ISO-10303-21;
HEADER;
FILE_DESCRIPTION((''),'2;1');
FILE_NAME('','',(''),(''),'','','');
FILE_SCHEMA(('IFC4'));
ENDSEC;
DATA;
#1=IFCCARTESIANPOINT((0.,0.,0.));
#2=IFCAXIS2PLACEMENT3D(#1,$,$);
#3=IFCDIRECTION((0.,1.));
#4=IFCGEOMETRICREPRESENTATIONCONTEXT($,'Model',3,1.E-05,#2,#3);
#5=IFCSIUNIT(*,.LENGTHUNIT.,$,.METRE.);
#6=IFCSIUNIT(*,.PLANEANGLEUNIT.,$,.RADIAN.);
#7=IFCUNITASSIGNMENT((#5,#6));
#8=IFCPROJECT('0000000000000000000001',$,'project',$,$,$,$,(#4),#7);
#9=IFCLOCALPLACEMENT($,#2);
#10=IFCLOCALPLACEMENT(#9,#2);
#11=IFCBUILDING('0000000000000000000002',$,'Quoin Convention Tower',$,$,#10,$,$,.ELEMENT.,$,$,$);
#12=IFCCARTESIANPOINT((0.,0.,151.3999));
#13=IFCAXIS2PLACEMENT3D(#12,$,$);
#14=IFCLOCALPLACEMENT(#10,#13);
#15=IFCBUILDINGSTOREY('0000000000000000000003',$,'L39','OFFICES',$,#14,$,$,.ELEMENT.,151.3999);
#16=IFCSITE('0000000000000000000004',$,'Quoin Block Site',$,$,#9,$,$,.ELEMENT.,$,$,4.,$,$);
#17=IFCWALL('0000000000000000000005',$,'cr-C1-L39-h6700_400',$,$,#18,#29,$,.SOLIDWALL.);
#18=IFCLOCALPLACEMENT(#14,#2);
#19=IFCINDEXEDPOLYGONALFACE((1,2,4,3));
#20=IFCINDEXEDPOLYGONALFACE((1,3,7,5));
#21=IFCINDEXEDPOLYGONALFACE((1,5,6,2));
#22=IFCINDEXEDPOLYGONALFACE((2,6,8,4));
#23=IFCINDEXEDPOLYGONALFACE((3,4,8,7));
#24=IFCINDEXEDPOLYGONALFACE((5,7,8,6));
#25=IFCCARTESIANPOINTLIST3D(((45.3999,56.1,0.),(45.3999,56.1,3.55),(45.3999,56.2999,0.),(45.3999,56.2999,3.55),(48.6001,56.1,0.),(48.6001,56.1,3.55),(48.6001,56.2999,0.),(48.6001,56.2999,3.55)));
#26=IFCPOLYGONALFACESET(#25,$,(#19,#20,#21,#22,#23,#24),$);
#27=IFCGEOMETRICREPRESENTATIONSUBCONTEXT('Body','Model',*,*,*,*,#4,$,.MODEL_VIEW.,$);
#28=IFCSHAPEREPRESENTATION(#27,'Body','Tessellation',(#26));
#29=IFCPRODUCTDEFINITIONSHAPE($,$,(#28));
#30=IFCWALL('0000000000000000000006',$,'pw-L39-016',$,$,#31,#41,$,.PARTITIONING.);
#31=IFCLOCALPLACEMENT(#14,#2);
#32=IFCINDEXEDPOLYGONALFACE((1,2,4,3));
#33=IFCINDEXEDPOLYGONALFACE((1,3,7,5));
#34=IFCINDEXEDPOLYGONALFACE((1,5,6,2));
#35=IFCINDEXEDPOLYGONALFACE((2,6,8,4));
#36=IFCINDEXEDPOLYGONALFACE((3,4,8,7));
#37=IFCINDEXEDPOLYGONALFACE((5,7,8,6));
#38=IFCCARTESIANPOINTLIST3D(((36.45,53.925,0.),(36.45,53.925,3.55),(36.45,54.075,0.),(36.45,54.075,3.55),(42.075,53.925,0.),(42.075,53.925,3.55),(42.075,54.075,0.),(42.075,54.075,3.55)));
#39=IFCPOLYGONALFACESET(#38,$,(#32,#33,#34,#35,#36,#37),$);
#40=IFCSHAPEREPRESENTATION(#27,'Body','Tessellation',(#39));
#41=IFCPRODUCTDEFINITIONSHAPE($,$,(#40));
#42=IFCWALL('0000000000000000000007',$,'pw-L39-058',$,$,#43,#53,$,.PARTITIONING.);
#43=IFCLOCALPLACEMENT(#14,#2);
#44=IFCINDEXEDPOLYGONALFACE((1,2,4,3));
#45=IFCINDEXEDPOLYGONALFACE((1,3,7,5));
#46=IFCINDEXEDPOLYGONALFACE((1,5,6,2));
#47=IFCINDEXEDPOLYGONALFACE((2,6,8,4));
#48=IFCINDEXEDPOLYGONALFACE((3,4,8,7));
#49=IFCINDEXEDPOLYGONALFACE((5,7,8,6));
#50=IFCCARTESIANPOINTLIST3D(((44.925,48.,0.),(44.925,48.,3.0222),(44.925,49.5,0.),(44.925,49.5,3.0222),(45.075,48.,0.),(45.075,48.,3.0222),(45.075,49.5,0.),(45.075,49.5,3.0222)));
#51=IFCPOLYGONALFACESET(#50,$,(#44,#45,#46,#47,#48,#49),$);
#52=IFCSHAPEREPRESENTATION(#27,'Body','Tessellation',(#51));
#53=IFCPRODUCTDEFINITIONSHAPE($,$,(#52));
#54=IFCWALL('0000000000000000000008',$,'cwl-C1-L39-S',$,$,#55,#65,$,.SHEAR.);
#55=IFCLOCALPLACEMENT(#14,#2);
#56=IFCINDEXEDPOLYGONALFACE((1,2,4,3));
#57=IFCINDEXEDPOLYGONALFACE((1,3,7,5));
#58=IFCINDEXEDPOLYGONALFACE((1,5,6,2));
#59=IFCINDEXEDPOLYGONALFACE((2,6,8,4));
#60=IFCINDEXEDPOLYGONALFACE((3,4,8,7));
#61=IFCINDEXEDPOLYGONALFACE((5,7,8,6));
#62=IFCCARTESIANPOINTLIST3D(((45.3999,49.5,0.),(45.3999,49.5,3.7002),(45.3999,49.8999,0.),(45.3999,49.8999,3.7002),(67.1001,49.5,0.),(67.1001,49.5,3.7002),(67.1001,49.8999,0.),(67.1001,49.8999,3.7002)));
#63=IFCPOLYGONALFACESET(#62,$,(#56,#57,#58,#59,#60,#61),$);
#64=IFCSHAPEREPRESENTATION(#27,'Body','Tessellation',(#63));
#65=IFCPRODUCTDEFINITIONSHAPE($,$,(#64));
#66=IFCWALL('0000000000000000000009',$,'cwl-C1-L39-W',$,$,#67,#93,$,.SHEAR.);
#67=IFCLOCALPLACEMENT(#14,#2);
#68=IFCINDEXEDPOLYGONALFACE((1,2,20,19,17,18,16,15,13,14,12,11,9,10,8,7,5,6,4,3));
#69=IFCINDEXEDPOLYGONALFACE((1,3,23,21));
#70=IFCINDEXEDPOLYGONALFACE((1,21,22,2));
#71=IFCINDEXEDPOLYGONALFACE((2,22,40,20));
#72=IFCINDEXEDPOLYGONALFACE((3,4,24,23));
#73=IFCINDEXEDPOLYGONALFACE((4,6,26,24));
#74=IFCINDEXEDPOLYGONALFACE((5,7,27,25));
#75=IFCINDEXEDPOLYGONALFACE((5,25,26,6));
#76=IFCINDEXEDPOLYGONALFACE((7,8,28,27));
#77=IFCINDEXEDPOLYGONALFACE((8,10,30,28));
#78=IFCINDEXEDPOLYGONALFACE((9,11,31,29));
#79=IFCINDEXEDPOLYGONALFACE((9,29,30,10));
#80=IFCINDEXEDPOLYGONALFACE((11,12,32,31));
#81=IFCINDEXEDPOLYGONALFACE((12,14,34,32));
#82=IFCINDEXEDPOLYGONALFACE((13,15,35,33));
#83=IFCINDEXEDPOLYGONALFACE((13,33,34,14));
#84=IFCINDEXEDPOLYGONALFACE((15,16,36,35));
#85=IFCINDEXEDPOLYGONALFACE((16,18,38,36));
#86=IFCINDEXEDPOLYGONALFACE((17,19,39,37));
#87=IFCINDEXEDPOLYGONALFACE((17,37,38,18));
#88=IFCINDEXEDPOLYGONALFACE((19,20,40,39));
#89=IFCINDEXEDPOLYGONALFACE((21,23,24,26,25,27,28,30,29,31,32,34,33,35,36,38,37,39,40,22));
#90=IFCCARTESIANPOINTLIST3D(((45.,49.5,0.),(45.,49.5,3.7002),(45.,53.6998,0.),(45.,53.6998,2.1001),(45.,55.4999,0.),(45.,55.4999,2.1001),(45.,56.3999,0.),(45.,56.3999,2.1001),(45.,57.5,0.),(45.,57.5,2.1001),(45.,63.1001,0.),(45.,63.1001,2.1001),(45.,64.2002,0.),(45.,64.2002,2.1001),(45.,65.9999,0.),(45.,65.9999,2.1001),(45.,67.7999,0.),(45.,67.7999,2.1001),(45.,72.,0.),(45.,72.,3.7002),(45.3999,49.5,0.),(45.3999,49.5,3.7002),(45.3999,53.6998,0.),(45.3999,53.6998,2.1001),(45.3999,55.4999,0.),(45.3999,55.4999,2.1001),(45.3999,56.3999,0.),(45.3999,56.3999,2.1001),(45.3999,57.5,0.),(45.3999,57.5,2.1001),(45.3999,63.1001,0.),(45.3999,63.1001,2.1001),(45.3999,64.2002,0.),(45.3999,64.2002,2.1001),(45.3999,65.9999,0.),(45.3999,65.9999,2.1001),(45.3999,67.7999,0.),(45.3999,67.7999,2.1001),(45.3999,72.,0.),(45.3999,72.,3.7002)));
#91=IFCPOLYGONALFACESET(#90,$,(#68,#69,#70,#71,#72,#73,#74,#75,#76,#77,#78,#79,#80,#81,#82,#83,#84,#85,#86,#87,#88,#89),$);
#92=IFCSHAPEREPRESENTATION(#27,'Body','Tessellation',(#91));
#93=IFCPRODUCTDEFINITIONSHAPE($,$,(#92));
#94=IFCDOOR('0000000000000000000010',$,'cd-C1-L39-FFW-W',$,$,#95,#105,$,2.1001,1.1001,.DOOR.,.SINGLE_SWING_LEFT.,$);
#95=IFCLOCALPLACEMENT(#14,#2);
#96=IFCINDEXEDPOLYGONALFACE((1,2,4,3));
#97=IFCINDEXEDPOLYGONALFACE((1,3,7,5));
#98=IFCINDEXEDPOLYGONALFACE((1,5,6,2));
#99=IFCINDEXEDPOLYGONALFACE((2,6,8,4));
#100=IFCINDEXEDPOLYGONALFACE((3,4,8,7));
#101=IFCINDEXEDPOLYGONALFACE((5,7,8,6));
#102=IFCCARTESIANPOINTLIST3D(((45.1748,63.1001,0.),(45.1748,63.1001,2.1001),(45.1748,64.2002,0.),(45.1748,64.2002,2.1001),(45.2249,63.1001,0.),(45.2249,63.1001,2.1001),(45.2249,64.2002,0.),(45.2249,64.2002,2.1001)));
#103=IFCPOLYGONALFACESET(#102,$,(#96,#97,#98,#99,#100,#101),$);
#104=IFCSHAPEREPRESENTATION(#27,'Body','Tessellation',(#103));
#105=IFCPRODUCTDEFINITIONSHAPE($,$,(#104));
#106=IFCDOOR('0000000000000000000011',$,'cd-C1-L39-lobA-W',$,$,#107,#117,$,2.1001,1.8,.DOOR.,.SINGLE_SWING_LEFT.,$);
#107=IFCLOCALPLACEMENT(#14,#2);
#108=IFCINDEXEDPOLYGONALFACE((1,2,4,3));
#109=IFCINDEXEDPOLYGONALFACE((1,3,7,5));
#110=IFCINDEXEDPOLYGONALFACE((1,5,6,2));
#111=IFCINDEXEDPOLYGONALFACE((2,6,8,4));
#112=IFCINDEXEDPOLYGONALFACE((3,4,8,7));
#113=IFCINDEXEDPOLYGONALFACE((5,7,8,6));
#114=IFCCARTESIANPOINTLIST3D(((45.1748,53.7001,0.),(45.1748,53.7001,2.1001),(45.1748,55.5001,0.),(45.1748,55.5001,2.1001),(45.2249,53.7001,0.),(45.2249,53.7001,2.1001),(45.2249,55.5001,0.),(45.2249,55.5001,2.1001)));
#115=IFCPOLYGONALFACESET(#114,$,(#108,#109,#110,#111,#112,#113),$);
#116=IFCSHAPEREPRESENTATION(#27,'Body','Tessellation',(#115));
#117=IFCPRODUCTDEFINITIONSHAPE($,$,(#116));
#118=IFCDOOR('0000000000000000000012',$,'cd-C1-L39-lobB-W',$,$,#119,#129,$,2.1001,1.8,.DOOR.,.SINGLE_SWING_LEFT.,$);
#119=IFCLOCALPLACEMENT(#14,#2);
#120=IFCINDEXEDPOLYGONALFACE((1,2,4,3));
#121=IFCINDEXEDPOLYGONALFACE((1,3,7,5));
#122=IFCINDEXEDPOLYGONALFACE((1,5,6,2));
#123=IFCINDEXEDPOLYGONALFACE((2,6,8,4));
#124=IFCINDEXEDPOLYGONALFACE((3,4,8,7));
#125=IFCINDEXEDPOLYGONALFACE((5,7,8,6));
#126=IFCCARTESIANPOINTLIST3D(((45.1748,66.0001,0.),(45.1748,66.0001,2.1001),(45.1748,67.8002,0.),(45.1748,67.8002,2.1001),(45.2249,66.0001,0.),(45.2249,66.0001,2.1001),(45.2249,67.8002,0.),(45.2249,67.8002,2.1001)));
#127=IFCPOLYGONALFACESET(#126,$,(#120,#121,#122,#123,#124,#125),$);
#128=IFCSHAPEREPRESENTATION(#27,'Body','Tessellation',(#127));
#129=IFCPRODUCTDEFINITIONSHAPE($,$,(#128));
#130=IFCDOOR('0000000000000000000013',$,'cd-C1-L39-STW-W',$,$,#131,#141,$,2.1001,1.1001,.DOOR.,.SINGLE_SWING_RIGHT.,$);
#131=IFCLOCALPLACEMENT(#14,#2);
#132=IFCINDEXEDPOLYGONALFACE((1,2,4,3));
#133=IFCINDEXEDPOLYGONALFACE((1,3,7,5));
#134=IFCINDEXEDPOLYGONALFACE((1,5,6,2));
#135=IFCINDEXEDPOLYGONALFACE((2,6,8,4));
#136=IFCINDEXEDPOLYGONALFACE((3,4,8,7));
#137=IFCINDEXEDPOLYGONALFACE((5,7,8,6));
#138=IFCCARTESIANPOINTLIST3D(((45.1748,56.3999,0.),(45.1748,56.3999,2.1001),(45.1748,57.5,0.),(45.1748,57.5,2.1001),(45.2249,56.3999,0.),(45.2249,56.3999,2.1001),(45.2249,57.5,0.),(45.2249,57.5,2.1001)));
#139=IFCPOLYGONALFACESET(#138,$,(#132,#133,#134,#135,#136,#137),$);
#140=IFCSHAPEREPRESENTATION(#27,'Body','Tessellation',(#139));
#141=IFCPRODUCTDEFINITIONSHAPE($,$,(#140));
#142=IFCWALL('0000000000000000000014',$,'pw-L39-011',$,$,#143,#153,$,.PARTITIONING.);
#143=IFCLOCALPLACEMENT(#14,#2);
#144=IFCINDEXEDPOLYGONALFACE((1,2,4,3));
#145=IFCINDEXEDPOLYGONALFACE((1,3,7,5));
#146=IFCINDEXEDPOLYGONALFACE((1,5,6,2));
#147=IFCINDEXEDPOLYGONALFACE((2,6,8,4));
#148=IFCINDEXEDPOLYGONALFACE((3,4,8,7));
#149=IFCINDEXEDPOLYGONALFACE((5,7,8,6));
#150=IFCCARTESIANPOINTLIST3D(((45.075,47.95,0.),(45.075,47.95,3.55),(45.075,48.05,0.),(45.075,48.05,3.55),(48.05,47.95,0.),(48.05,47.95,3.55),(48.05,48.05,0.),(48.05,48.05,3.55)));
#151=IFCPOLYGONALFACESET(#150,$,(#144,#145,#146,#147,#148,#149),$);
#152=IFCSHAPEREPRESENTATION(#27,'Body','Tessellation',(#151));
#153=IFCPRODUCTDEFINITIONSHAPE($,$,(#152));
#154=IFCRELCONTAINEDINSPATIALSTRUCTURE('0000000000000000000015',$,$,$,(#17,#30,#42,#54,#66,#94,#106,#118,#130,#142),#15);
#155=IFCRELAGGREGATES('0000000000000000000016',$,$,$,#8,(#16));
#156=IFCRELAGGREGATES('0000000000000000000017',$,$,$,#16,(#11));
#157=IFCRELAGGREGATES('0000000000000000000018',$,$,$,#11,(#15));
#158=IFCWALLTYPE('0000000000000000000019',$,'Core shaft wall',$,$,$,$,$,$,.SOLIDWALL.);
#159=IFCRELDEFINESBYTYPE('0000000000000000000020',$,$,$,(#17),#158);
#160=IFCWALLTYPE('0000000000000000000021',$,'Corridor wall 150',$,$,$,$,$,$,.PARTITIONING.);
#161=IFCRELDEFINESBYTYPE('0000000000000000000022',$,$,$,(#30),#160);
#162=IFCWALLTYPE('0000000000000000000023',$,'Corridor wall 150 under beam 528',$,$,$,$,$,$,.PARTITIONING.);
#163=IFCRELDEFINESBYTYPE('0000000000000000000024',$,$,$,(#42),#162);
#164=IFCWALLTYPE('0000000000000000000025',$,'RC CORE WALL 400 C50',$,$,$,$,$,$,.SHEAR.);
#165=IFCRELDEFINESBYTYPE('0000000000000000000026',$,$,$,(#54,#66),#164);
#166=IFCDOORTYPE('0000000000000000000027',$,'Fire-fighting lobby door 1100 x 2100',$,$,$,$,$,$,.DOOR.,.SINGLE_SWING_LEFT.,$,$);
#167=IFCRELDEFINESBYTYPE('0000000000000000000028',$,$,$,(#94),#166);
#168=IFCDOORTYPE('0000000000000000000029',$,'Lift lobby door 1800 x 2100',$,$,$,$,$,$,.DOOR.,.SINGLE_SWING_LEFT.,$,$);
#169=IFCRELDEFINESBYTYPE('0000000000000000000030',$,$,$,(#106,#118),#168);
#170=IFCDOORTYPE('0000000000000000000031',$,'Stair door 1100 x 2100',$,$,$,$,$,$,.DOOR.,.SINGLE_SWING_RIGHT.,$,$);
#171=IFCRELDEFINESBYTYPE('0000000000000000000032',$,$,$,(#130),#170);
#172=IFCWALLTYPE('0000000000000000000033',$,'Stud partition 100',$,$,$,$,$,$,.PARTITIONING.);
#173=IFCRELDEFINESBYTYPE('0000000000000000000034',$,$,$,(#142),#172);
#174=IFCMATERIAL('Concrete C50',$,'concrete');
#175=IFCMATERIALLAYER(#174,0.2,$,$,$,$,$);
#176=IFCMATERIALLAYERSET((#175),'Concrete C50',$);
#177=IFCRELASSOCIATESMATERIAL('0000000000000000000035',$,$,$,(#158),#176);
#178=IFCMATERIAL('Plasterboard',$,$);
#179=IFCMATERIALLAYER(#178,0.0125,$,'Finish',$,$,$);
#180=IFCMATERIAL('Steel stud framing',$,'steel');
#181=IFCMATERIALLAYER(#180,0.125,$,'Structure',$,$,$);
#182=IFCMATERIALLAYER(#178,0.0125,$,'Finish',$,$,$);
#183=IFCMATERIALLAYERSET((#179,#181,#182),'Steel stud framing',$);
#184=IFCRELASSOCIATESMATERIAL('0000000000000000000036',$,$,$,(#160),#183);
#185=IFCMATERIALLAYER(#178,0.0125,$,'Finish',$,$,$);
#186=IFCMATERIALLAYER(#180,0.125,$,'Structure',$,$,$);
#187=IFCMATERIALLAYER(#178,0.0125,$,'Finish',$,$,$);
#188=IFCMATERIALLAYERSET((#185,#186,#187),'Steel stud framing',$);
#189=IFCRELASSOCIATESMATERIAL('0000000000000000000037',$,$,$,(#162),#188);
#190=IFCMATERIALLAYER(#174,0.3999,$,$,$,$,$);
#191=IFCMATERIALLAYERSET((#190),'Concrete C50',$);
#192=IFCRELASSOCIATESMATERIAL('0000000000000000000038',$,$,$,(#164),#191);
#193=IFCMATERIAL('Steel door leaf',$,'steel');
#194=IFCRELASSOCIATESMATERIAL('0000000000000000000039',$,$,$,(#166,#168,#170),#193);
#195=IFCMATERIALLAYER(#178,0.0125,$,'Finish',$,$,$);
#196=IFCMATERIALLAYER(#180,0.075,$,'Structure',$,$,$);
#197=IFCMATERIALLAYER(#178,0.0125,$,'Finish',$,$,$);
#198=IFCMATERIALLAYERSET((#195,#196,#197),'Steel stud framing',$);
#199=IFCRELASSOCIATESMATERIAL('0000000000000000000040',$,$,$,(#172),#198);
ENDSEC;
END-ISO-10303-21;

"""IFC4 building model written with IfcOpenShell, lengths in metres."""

from ifc_helpers import new_model, si_unit, direction, frame, frame_2d, origin, place, context, subcontext, project, spatial, rectangle, extrude, material, layer, layer_set, type_object, element, fill, save


model = new_model("IFC4")

# Units and contexts
model_context = context("Model", 3, precision=1e-05, world=origin(), true_north=direction((0.0, 1.0)))
body_context = subcontext(model_context, "Body", "Model", "MODEL_VIEW")
ifc_project = project(units=[si_unit("LENGTHUNIT", "METRE"), si_unit("PLANEANGLEUNIT", "RADIAN")], contexts=[model_context])

# Site, building, storey
site_placement = place(None, origin())
site = spatial("IfcSite", under=ifc_project, at=site_placement, Name="Quoin Block Site", CompositionType="ELEMENT", RefElevation=4.0)
building_placement = place(site_placement, origin())
building = spatial("IfcBuilding", under=site, at=building_placement, Name="Quoin Convention Tower", CompositionType="ELEMENT")
storey_placement = place(building_placement, frame((0.0, 0.0, 151.3999)))
storey = spatial("IfcBuildingStorey", under=building, at=storey_placement, Name="L39", Description="OFFICES", CompositionType="ELEMENT", Elevation=151.3999)

# Shared definitions
ifc_material_1 = material(Name="Plasterboard")
ifc_material_2 = material(Name="Steel stud framing", Category="steel")
ifc_material_3 = material(Name="Steel door leaf", Category="steel")

# Walls
ifc_material_4 = material(Name="Concrete C50", Category="concrete")
ifc_layer_1 = layer(ifc_material_4, 0.2)
ifc_layer_set_1 = layer_set([ifc_layer_1], Name="Concrete C50")
wall_type_1 = type_object("IfcWallType", Name="Core shaft wall", PredefinedType="SOLIDWALL", material=ifc_layer_set_1)
wall_1_placement = place(storey_placement, frame((45.3999, 56.2, 0.0), z_axis=(0.0, 0.0, 1.0), x_axis=(1.0, 0.0, 0.0)))
element("IfcWall", 1, at=wall_1_placement, inside=storey, type_object=wall_type_1, Name="cr-C1-L39-h6700_400", PredefinedType="SOLIDWALL", context=body_context, shape_type="SweptSolid", body=[
    extrude(rectangle(XDim=3.2002, YDim=0.2, at=frame_2d((1.6001, 0.0))), origin(), (0.0, 0.0, 1.0), 3.55),
])
ifc_layer_2 = layer(ifc_material_1, 0.0125, Name="Finish")
ifc_layer_3 = layer(ifc_material_2, 0.125, Name="Structure")
ifc_layer_4 = layer(ifc_material_1, 0.0125, Name="Finish")
ifc_layer_set_2 = layer_set([ifc_layer_2, ifc_layer_3, ifc_layer_4], Name="Steel stud framing")
wall_type_2 = type_object("IfcWallType", Name="Corridor wall 150", PredefinedType="PARTITIONING", material=ifc_layer_set_2)
wall_2_placement = place(storey_placement, frame((36.45, 54.0, 0.0), z_axis=(0.0, 0.0, 1.0), x_axis=(1.0, 0.0, 0.0)))
element("IfcWall", 2, at=wall_2_placement, inside=storey, type_object=wall_type_2, Name="pw-L39-016", PredefinedType="PARTITIONING", context=body_context, shape_type="SweptSolid", body=[
    extrude(rectangle(XDim=5.625, YDim=0.1499, at=frame_2d((2.8125, 0.0))), origin(), (0.0, 0.0, 1.0), 3.55),
])
ifc_layer_5 = layer(ifc_material_1, 0.0125, Name="Finish")
ifc_layer_6 = layer(ifc_material_2, 0.125, Name="Structure")
ifc_layer_7 = layer(ifc_material_1, 0.0125, Name="Finish")
ifc_layer_set_3 = layer_set([ifc_layer_5, ifc_layer_6, ifc_layer_7], Name="Steel stud framing")
wall_type_3 = type_object("IfcWallType", Name="Corridor wall 150 under beam 528", PredefinedType="PARTITIONING", material=ifc_layer_set_3)
wall_3_placement = place(storey_placement, frame((45.0, 48.0, 0.0), z_axis=(0.0, 0.0, 1.0), x_axis=(0.0, 1.0, 0.0)))
element("IfcWall", 3, at=wall_3_placement, inside=storey, type_object=wall_type_3, Name="pw-L39-058", PredefinedType="PARTITIONING", context=body_context, shape_type="SweptSolid", body=[
    extrude(rectangle(XDim=1.5, YDim=0.1499, at=frame_2d((0.75, 0.0))), origin(), (0.0, 0.0, 1.0), 3.0222),
])
ifc_layer_8 = layer(ifc_material_4, 0.3999)
ifc_layer_set_4 = layer_set([ifc_layer_8], Name="Concrete C50")
wall_type_4 = type_object("IfcWallType", Name="RC CORE WALL 400 C50", PredefinedType="SHEAR", material=ifc_layer_set_4)
wall_4_placement = place(storey_placement, frame((45.3999, 49.7, 0.0), z_axis=(0.0, 0.0, 1.0), x_axis=(1.0, 0.0, 0.0)))
element("IfcWall", 4, at=wall_4_placement, inside=storey, type_object=wall_type_4, Name="cwl-C1-L39-S", PredefinedType="SHEAR", context=body_context, shape_type="SweptSolid", body=[
    extrude(rectangle(XDim=21.7002, YDim=0.3999, at=frame_2d((10.8501, 0.0))), origin(), (0.0, 0.0, 1.0), 3.7002),
])

# Wall, openings, doors
wall_5_placement = place(storey_placement, frame((45.2, 49.5, 0.0), z_axis=(0.0, 0.0, 1.0), x_axis=(0.0, 1.0, 0.0)))
wall_5 = element("IfcWall", 5, at=wall_5_placement, inside=storey, type_object=wall_type_4, Name="cwl-C1-L39-W", PredefinedType="SHEAR", context=body_context, shape_type="SweptSolid", body=[
    extrude(rectangle(XDim=22.5, YDim=0.3999, at=frame_2d((11.25, 0.0))), origin(), (0.0, 0.0, 1.0), 3.7002),
])
opening_1_placement = place(wall_5_placement, frame((4.2, 0.0, 0.0)))
opening_1 = element("IfcOpeningElement", 6, at=opening_1_placement, cuts=wall_5, PredefinedType="OPENING", context=body_context, shape_type="SweptSolid", body=[
    extrude(rectangle(XDim=1.8, YDim=2.1001, at=frame_2d((0.8999, 1.05))), frame((0.0, 0.21, 0.0), z_axis=(0.0, -1.0, 0.0), x_axis=(1.0, 0.0, 0.0)), (0.0, 0.0, 1.0), 0.4199),
])
opening_2_placement = place(wall_5_placement, frame((6.8999, 0.0, 0.0)))
opening_2 = element("IfcOpeningElement", 7, at=opening_2_placement, cuts=wall_5, PredefinedType="OPENING", context=body_context, shape_type="SweptSolid", body=[
    extrude(rectangle(XDim=1.1001, YDim=2.1001, at=frame_2d((0.55, 1.05))), frame((0.0, 0.21, 0.0), z_axis=(0.0, -1.0, 0.0), x_axis=(1.0, 0.0, 0.0)), (0.0, 0.0, 1.0), 0.4199),
])
opening_3_placement = place(wall_5_placement, frame((13.6001, 0.0, 0.0)))
opening_3 = element("IfcOpeningElement", 8, at=opening_3_placement, cuts=wall_5, PredefinedType="OPENING", context=body_context, shape_type="SweptSolid", body=[
    extrude(rectangle(XDim=1.1001, YDim=2.1001, at=frame_2d((0.55, 1.05))), frame((0.0, 0.21, 0.0), z_axis=(0.0, -1.0, 0.0), x_axis=(1.0, 0.0, 0.0)), (0.0, 0.0, 1.0), 0.4199),
])
opening_4_placement = place(wall_5_placement, frame((16.5, 0.0, 0.0)))
opening_4 = element("IfcOpeningElement", 9, at=opening_4_placement, cuts=wall_5, PredefinedType="OPENING", context=body_context, shape_type="SweptSolid", body=[
    extrude(rectangle(XDim=1.8, YDim=2.1001, at=frame_2d((0.8999, 1.05))), frame((0.0, 0.21, 0.0), z_axis=(0.0, -1.0, 0.0), x_axis=(1.0, 0.0, 0.0)), (0.0, 0.0, 1.0), 0.4199),
])
door_type_1 = type_object("IfcDoorType", Name="Fire-fighting lobby door 1100 x 2100", OperationType="SINGLE_SWING_LEFT", PredefinedType="DOOR", material=ifc_material_3)
door_1_placement = place(opening_3_placement, frame((1.1001, 0.0, 0.0), z_axis=(0.0, 0.0, 1.0), x_axis=(-1.0, 0.0, 0.0)))
door_1 = element("IfcDoor", 10, at=door_1_placement, inside=storey, type_object=door_type_1, Name="cd-C1-L39-FFW-W", OperationType="SINGLE_SWING_LEFT", OverallHeight=2.1001, OverallWidth=1.1001, PredefinedType="DOOR", context=body_context, shape_type="SweptSolid", body=[
    extrude(rectangle(XDim=1.1001, YDim=2.1001, at=frame_2d((0.55, 1.05))), frame((0.0, 0.0249, 0.0), z_axis=(0.0, -1.0, 0.0), x_axis=(1.0, 0.0, 0.0)), (0.0, 0.0, 1.0), 0.05),
])
fill(opening_3, door_1)
door_type_2 = type_object("IfcDoorType", Name="Lift lobby door 1800 x 2100", OperationType="SINGLE_SWING_LEFT", PredefinedType="DOOR", material=ifc_material_3)
door_2_placement = place(opening_1_placement, frame((1.8, 0.0, 0.0), z_axis=(0.0, 0.0, 1.0), x_axis=(-1.0, 0.0, 0.0)))
door_2 = element("IfcDoor", 11, at=door_2_placement, inside=storey, type_object=door_type_2, Name="cd-C1-L39-lobA-W", OperationType="SINGLE_SWING_LEFT", OverallHeight=2.1001, OverallWidth=1.8, PredefinedType="DOOR", context=body_context, shape_type="SweptSolid", body=[
    extrude(rectangle(XDim=1.8, YDim=2.1001, at=frame_2d((0.8999, 1.05))), frame((0.0, 0.0249, 0.0), z_axis=(0.0, -1.0, 0.0), x_axis=(1.0, 0.0, 0.0)), (0.0, 0.0, 1.0), 0.05),
])
fill(opening_1, door_2)
door_3_placement = place(opening_4_placement, frame((1.8, 0.0, 0.0), z_axis=(0.0, 0.0, 1.0), x_axis=(-1.0, 0.0, 0.0)))
door_3 = element("IfcDoor", 12, at=door_3_placement, inside=storey, type_object=door_type_2, Name="cd-C1-L39-lobB-W", OperationType="SINGLE_SWING_LEFT", OverallHeight=2.1001, OverallWidth=1.8, PredefinedType="DOOR", context=body_context, shape_type="SweptSolid", body=[
    extrude(rectangle(XDim=1.8, YDim=2.1001, at=frame_2d((0.8999, 1.05))), frame((0.0, 0.0249, 0.0), z_axis=(0.0, -1.0, 0.0), x_axis=(1.0, 0.0, 0.0)), (0.0, 0.0, 1.0), 0.05),
])
fill(opening_4, door_3)
door_type_3 = type_object("IfcDoorType", Name="Stair door 1100 x 2100", OperationType="SINGLE_SWING_RIGHT", PredefinedType="DOOR", material=ifc_material_3)
door_4_placement = place(opening_2_placement, frame((1.1001, 0.0, 0.0), z_axis=(0.0, 0.0, 1.0), x_axis=(-1.0, 0.0, 0.0)))
door_4 = element("IfcDoor", 13, at=door_4_placement, inside=storey, type_object=door_type_3, Name="cd-C1-L39-STW-W", OperationType="SINGLE_SWING_RIGHT", OverallHeight=2.1001, OverallWidth=1.1001, PredefinedType="DOOR", context=body_context, shape_type="SweptSolid", body=[
    extrude(rectangle(XDim=1.1001, YDim=2.1001, at=frame_2d((0.55, 1.05))), frame((0.0, 0.0249, 0.0), z_axis=(0.0, -1.0, 0.0), x_axis=(1.0, 0.0, 0.0)), (0.0, 0.0, 1.0), 0.05),
])
fill(opening_2, door_4)

# Wall
ifc_layer_9 = layer(ifc_material_1, 0.0125, Name="Finish")
ifc_layer_10 = layer(ifc_material_2, 0.075, Name="Structure")
ifc_layer_11 = layer(ifc_material_1, 0.0125, Name="Finish")
ifc_layer_set_5 = layer_set([ifc_layer_9, ifc_layer_10, ifc_layer_11], Name="Steel stud framing")
wall_type_5 = type_object("IfcWallType", Name="Stud partition 100", PredefinedType="PARTITIONING", material=ifc_layer_set_5)
wall_6_placement = place(storey_placement, frame((45.075, 48.0, 0.0), z_axis=(0.0, 0.0, 1.0), x_axis=(1.0, 0.0, 0.0)))
element("IfcWall", 14, at=wall_6_placement, inside=storey, type_object=wall_type_5, Name="pw-L39-011", PredefinedType="PARTITIONING", context=body_context, shape_type="SweptSolid", body=[
    extrude(rectangle(XDim=2.9751, YDim=0.1001, at=frame_2d((1.4875, 0.0))), origin(), (0.0, 0.0, 1.0), 3.55),
])

save(model, "model.ifc")
